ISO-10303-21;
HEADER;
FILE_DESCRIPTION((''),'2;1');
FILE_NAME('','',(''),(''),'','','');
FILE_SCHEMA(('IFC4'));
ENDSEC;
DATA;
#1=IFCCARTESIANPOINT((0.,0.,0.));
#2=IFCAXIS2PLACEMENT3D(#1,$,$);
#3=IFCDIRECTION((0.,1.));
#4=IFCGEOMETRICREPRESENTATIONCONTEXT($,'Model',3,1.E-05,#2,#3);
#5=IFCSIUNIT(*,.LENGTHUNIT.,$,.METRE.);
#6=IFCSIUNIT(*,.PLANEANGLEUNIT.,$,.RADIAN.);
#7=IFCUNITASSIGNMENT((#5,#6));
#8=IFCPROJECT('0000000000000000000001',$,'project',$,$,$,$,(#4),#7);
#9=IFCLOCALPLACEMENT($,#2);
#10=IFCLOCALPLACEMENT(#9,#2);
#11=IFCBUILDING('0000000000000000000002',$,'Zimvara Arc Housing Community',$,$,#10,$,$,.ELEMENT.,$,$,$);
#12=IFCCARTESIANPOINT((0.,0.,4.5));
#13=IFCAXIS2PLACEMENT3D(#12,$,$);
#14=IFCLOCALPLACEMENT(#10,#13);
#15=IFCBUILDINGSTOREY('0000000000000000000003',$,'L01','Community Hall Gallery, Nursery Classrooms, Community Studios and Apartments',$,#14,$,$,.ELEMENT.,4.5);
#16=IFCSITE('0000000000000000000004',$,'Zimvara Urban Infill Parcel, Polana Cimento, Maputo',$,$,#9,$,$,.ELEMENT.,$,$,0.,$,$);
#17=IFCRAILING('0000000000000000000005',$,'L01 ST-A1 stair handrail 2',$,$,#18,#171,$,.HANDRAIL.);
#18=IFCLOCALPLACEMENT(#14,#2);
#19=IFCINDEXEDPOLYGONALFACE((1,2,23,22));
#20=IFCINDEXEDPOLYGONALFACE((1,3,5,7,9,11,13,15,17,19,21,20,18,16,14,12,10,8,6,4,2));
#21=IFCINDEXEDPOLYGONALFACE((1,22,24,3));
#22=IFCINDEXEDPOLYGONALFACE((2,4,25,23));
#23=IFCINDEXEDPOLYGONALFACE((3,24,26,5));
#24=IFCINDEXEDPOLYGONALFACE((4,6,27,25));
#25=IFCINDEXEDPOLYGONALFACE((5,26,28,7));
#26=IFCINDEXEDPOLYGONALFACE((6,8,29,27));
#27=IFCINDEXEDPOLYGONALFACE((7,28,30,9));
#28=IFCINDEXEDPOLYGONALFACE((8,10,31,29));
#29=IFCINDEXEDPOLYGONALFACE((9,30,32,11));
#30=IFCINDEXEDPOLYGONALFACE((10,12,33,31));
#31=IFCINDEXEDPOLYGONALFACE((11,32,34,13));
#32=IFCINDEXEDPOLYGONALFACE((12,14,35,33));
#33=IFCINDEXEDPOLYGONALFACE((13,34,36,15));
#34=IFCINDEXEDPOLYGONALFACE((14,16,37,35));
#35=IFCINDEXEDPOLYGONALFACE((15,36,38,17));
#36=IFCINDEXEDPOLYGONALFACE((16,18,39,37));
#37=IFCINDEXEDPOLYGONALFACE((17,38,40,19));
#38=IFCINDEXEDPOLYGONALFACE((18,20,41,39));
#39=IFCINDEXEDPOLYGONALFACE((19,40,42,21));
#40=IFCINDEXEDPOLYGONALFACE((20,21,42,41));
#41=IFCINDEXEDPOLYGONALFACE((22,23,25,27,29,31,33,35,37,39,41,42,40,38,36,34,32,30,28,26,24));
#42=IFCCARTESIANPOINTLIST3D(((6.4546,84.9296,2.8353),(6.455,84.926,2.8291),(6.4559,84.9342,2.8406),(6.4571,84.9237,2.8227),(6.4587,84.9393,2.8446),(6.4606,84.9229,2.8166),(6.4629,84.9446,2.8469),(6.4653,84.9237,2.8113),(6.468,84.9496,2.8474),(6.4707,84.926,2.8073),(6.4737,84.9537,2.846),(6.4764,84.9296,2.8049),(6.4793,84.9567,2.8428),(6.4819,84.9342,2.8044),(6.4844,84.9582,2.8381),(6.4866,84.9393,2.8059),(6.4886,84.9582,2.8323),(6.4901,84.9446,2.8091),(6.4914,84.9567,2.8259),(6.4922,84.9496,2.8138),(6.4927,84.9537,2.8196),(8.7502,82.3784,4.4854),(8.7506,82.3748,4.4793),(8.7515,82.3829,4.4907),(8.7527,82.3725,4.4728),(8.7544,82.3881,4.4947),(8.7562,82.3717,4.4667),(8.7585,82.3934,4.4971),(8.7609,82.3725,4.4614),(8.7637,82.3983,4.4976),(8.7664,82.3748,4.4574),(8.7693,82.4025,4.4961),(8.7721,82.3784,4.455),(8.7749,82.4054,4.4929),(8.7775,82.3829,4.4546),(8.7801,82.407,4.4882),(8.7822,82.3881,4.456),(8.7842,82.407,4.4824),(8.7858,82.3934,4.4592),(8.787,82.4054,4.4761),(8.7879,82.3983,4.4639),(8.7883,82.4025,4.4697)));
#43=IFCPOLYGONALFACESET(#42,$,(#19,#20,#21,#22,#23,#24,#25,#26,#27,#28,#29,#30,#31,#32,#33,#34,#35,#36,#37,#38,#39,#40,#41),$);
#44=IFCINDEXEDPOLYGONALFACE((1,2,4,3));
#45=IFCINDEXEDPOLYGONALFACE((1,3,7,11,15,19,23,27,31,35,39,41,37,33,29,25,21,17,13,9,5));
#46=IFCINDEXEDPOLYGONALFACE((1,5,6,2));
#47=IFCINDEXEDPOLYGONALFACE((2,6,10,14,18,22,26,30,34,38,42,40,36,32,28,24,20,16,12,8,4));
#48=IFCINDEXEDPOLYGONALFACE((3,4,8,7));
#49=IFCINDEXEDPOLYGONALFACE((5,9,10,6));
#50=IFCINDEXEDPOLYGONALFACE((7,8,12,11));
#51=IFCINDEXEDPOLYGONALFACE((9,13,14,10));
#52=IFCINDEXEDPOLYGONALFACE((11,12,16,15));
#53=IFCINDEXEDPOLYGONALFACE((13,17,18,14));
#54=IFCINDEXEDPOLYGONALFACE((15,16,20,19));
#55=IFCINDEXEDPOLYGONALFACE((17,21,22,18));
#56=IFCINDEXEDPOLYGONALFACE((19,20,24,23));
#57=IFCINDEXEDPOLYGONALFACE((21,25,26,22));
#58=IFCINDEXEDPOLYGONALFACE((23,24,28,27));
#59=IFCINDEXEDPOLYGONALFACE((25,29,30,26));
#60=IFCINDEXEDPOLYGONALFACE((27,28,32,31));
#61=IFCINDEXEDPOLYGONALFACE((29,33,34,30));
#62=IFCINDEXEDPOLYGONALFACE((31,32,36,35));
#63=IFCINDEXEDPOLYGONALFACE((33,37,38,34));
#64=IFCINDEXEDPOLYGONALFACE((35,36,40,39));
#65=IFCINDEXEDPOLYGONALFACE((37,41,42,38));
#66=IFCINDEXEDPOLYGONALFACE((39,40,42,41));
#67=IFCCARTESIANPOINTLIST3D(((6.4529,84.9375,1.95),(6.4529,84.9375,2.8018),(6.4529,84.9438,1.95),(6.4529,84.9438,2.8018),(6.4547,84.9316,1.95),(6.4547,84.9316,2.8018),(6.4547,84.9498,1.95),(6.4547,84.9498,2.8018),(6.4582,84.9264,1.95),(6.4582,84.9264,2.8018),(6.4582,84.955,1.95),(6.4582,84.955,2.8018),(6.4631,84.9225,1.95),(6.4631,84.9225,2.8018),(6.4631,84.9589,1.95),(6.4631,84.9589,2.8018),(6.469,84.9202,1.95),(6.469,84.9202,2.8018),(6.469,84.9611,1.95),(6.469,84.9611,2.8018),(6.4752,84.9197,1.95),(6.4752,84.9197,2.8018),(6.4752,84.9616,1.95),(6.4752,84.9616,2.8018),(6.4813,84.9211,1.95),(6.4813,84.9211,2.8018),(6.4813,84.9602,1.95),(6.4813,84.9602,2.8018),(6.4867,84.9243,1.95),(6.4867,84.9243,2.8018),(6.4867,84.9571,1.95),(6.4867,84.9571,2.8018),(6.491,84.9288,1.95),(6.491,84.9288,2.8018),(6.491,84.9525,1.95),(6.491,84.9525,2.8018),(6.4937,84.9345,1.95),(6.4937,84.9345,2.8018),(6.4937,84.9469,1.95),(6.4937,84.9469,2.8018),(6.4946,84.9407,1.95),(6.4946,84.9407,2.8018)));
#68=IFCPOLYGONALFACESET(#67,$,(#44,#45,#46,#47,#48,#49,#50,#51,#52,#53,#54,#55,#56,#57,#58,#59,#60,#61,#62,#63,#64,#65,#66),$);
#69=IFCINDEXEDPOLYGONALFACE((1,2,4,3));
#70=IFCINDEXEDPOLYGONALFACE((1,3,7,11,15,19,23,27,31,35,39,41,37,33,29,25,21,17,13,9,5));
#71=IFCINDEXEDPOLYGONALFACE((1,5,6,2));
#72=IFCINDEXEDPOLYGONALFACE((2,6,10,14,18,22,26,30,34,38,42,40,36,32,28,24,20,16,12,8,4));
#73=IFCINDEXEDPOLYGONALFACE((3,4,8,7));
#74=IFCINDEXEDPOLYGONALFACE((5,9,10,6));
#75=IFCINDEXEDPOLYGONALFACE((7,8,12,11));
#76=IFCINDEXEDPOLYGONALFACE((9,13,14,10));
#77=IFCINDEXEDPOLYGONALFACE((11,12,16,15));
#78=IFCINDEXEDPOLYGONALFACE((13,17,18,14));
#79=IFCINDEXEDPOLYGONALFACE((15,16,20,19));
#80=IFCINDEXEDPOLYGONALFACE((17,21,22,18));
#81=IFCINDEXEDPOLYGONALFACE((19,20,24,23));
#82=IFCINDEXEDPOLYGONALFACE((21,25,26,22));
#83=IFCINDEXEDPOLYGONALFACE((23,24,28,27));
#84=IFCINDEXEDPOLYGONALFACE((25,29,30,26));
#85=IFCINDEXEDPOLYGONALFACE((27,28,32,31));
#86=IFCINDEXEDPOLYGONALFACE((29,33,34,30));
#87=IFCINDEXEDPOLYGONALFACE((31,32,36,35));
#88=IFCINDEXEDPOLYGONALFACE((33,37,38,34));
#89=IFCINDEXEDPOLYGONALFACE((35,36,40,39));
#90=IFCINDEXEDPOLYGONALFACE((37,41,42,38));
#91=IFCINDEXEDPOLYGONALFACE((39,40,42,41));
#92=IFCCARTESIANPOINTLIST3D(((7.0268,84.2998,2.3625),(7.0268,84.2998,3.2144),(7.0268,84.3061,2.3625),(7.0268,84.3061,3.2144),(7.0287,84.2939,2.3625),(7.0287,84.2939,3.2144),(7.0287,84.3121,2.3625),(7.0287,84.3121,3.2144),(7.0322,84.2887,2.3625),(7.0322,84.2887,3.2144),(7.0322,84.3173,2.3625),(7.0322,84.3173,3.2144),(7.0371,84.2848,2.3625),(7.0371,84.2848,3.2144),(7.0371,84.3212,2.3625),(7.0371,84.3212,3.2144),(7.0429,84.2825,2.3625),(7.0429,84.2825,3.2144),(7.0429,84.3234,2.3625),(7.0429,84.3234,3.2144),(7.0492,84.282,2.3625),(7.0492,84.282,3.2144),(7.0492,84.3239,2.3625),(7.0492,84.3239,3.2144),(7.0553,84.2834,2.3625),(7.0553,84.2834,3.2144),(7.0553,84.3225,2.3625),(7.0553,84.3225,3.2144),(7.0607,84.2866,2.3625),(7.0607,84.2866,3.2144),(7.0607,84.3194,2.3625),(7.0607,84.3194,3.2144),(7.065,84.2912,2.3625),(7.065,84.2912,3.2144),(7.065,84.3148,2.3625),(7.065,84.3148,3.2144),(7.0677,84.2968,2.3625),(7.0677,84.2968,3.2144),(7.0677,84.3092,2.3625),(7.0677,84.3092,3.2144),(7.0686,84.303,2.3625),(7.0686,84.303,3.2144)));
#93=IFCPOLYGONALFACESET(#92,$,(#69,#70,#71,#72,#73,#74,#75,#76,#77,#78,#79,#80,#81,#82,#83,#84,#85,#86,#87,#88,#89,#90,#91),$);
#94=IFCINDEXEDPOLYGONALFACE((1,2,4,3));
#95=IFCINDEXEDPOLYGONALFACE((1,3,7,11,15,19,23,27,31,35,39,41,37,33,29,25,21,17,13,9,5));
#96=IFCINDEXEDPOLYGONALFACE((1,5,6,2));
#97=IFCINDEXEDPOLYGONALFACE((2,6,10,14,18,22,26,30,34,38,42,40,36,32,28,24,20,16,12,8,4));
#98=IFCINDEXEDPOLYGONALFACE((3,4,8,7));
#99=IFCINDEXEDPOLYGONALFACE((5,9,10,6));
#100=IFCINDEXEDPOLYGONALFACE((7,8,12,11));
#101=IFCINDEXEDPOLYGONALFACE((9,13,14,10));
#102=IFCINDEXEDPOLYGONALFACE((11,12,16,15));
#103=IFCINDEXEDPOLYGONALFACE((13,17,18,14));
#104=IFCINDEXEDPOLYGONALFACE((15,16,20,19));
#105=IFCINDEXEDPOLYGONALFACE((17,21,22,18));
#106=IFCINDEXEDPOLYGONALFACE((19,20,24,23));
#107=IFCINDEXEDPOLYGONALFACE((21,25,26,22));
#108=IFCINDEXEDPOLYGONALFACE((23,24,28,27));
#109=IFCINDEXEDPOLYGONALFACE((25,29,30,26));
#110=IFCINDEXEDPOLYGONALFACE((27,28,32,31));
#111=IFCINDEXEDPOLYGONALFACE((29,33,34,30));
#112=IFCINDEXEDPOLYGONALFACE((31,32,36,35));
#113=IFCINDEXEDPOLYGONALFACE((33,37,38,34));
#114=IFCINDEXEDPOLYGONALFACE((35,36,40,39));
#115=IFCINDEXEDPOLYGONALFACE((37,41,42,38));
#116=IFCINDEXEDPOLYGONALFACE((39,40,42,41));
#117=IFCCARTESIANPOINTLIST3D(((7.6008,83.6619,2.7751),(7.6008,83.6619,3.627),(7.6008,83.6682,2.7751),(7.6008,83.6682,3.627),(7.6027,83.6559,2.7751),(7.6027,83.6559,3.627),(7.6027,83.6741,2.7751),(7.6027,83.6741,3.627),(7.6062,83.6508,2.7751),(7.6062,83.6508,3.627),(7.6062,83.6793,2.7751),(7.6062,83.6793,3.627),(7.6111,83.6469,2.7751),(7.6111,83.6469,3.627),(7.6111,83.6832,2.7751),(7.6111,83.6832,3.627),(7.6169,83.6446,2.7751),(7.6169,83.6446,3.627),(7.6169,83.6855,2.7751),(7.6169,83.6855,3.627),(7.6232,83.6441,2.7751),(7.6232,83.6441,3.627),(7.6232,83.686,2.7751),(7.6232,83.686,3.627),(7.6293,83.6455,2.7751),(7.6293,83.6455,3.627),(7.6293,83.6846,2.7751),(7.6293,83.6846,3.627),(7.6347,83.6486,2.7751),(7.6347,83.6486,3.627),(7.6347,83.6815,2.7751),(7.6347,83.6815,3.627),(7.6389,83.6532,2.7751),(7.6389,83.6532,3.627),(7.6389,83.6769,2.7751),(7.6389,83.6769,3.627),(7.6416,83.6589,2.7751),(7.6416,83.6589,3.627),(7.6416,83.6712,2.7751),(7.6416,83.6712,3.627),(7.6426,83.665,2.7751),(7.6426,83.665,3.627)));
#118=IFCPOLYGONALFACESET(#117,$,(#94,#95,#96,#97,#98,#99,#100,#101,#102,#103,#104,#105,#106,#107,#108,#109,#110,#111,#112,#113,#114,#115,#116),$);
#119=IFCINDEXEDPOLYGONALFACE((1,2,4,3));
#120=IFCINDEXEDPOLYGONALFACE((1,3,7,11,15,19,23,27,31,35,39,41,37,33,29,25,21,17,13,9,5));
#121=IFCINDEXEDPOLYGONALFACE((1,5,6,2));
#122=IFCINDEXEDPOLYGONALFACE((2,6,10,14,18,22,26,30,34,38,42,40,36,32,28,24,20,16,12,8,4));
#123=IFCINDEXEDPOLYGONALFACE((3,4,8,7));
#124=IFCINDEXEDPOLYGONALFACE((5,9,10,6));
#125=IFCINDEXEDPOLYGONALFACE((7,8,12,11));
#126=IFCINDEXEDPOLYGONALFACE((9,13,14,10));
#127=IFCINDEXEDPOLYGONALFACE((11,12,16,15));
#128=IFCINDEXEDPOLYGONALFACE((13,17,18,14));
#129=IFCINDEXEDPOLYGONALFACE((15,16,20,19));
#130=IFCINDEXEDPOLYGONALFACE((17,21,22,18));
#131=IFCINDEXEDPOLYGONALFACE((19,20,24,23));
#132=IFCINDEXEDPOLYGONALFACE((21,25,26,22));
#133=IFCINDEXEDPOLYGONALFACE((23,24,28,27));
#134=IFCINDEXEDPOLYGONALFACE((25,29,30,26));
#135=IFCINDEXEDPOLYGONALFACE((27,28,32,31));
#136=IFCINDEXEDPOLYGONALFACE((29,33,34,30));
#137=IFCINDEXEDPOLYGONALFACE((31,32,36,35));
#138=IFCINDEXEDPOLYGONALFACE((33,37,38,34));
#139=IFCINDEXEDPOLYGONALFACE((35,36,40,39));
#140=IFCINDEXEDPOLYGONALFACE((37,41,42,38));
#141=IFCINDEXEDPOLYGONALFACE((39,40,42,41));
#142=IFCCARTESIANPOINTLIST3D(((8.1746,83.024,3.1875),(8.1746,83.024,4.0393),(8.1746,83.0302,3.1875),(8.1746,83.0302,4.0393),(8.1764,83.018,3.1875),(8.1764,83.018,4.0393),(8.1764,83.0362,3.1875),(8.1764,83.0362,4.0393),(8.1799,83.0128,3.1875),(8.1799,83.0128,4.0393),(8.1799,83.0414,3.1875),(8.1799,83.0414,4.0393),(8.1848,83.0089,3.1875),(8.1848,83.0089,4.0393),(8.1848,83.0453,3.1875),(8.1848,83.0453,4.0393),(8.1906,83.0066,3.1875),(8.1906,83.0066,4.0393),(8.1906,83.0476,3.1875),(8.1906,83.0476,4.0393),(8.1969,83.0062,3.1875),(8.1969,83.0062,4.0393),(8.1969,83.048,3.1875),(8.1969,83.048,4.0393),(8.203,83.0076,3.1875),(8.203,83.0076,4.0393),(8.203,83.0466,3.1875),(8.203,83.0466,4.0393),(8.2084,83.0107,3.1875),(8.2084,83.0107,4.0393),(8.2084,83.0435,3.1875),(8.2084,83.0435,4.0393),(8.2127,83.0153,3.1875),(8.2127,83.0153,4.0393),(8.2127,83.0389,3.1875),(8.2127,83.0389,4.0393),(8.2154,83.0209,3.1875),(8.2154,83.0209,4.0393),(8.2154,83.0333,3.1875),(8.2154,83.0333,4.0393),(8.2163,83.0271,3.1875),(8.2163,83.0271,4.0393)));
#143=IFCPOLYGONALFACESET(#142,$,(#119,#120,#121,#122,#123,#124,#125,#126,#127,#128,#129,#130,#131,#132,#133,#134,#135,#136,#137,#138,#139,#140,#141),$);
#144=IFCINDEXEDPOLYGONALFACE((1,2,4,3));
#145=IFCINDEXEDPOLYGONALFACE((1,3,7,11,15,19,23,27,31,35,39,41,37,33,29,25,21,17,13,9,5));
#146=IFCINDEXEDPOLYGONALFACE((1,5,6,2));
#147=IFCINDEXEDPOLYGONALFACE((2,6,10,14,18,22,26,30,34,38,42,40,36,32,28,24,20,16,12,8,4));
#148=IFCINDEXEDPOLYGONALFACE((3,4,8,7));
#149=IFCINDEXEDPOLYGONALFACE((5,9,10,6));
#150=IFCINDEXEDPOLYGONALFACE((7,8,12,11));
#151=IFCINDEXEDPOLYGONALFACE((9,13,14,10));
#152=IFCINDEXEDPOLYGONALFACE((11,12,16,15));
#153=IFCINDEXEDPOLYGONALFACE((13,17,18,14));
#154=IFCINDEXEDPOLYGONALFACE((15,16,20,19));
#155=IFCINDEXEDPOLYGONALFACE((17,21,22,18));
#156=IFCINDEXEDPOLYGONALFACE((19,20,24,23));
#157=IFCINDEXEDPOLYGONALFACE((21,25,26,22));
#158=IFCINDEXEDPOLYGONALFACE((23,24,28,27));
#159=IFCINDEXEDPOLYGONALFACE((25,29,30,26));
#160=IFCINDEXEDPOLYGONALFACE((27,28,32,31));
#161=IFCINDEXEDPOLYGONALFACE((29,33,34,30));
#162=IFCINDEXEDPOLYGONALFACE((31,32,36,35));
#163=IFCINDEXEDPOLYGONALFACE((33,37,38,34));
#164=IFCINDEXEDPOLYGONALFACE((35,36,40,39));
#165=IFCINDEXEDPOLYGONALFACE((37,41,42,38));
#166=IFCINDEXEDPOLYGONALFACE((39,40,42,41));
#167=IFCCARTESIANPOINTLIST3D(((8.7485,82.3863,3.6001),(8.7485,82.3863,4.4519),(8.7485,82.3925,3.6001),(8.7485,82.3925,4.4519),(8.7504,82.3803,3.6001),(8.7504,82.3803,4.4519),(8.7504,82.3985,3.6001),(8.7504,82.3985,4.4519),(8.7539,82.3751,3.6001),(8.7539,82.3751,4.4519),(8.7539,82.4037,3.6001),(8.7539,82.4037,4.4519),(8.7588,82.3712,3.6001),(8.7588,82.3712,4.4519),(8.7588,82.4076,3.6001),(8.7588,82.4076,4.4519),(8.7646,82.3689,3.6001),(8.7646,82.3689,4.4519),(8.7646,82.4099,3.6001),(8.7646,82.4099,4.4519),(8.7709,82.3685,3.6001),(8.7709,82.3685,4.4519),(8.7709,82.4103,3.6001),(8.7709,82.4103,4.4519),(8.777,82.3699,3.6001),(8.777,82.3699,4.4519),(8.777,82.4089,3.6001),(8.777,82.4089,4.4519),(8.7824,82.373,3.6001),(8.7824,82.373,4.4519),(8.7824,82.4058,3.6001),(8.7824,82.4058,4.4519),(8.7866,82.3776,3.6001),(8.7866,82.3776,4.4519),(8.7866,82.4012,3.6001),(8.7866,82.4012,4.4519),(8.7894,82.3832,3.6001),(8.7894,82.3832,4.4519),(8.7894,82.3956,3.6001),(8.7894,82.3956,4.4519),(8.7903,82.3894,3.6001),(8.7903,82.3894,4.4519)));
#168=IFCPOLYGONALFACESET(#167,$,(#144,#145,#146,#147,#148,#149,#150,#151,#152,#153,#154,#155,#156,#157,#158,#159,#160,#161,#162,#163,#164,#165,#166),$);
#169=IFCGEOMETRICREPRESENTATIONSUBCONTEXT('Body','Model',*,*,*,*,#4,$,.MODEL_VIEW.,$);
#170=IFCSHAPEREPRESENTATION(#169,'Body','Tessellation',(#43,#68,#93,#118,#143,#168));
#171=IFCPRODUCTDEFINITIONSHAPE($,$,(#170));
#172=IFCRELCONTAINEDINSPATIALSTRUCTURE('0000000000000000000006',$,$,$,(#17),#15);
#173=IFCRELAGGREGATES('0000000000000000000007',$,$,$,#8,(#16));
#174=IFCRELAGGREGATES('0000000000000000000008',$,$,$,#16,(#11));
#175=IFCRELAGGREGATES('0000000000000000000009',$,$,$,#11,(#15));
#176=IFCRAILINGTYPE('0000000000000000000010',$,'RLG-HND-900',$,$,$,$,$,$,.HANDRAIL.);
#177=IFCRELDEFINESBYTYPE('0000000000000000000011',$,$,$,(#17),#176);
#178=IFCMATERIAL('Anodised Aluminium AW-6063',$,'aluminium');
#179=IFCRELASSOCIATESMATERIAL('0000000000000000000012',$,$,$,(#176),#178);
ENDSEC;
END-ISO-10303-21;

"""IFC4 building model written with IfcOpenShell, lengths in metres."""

from ifc_helpers import new_model, si_unit, direction, frame, origin, origin_2d, place, context, subcontext, project, spatial, circle, extrude, material, type_object, element, save


model = new_model("IFC4")

# Units and contexts
model_context = context("Model", 3, precision=1e-05, world=origin(), true_north=direction((0.0, 1.0)))
body_context = subcontext(model_context, "Body", "Model", "MODEL_VIEW")
ifc_project = project(units=[si_unit("LENGTHUNIT", "METRE"), si_unit("PLANEANGLEUNIT", "RADIAN")], contexts=[model_context])

# Site, building, storey
site_placement = place(None, origin())
site = spatial("IfcSite", under=ifc_project, at=site_placement, Name="Zimvara Urban Infill Parcel, Polana Cimento, Maputo", CompositionType="ELEMENT", RefElevation=0.0)
building_placement = place(site_placement, origin())
building = spatial("IfcBuilding", under=site, at=building_placement, Name="Zimvara Arc Housing Community", CompositionType="ELEMENT")
storey_placement = place(building_placement, frame((0.0, 0.0, 4.5)))
storey = spatial("IfcBuildingStorey", under=building, at=storey_placement, Name="L01", Description="Community Hall Gallery, Nursery Classrooms, Community Studios and Apartments", CompositionType="ELEMENT", Elevation=4.5)

# Railing
ifc_material_1 = material(Name="Anodised Aluminium AW-6063", Category="aluminium")
railing_type_1 = type_object("IfcRailingType", Name="RLG-HND-900", PredefinedType="HANDRAIL", material=ifc_material_1)
railing_1_placement = place(storey_placement, frame((6.4736, 84.9407, 1.95)))
element("IfcRailing", 1, at=railing_1_placement, inside=storey, type_object=railing_type_1, Name="L01 ST-A1 stair handrail 2", PredefinedType="HANDRAIL", context=body_context, shape_type="SweptSolid", body=[
    extrude(circle(Radius=0.0239, at=origin_2d()), frame((0.0, 0.0, 0.876), z_axis=(0.602827, -0.66995, 0.43332), x_axis=(0.743365, 0.668886, 0.0)), (0.0, 0.0, 1.0), 3.8081),
    extrude(circle(Radius=0.021, at=origin_2d()), origin(), (0.0, 0.0, 1.0), 0.8518),
    extrude(circle(Radius=0.021, at=origin_2d()), frame((0.574, -0.6377, 0.4126)), (0.0, 0.0, 1.0), 0.8518),
    extrude(circle(Radius=0.021, at=origin_2d()), frame((1.1479, -1.2756, 0.8252)), (0.0, 0.0, 1.0), 0.8518),
    extrude(circle(Radius=0.021, at=origin_2d()), frame((1.7217, -1.9136, 1.2375)), (0.0, 0.0, 1.0), 0.8518),
    extrude(circle(Radius=0.021, at=origin_2d()), frame((2.2957, -2.5513, 1.6501)), (0.0, 0.0, 1.0), 0.8518),
])

save(model, "model.ifc")
